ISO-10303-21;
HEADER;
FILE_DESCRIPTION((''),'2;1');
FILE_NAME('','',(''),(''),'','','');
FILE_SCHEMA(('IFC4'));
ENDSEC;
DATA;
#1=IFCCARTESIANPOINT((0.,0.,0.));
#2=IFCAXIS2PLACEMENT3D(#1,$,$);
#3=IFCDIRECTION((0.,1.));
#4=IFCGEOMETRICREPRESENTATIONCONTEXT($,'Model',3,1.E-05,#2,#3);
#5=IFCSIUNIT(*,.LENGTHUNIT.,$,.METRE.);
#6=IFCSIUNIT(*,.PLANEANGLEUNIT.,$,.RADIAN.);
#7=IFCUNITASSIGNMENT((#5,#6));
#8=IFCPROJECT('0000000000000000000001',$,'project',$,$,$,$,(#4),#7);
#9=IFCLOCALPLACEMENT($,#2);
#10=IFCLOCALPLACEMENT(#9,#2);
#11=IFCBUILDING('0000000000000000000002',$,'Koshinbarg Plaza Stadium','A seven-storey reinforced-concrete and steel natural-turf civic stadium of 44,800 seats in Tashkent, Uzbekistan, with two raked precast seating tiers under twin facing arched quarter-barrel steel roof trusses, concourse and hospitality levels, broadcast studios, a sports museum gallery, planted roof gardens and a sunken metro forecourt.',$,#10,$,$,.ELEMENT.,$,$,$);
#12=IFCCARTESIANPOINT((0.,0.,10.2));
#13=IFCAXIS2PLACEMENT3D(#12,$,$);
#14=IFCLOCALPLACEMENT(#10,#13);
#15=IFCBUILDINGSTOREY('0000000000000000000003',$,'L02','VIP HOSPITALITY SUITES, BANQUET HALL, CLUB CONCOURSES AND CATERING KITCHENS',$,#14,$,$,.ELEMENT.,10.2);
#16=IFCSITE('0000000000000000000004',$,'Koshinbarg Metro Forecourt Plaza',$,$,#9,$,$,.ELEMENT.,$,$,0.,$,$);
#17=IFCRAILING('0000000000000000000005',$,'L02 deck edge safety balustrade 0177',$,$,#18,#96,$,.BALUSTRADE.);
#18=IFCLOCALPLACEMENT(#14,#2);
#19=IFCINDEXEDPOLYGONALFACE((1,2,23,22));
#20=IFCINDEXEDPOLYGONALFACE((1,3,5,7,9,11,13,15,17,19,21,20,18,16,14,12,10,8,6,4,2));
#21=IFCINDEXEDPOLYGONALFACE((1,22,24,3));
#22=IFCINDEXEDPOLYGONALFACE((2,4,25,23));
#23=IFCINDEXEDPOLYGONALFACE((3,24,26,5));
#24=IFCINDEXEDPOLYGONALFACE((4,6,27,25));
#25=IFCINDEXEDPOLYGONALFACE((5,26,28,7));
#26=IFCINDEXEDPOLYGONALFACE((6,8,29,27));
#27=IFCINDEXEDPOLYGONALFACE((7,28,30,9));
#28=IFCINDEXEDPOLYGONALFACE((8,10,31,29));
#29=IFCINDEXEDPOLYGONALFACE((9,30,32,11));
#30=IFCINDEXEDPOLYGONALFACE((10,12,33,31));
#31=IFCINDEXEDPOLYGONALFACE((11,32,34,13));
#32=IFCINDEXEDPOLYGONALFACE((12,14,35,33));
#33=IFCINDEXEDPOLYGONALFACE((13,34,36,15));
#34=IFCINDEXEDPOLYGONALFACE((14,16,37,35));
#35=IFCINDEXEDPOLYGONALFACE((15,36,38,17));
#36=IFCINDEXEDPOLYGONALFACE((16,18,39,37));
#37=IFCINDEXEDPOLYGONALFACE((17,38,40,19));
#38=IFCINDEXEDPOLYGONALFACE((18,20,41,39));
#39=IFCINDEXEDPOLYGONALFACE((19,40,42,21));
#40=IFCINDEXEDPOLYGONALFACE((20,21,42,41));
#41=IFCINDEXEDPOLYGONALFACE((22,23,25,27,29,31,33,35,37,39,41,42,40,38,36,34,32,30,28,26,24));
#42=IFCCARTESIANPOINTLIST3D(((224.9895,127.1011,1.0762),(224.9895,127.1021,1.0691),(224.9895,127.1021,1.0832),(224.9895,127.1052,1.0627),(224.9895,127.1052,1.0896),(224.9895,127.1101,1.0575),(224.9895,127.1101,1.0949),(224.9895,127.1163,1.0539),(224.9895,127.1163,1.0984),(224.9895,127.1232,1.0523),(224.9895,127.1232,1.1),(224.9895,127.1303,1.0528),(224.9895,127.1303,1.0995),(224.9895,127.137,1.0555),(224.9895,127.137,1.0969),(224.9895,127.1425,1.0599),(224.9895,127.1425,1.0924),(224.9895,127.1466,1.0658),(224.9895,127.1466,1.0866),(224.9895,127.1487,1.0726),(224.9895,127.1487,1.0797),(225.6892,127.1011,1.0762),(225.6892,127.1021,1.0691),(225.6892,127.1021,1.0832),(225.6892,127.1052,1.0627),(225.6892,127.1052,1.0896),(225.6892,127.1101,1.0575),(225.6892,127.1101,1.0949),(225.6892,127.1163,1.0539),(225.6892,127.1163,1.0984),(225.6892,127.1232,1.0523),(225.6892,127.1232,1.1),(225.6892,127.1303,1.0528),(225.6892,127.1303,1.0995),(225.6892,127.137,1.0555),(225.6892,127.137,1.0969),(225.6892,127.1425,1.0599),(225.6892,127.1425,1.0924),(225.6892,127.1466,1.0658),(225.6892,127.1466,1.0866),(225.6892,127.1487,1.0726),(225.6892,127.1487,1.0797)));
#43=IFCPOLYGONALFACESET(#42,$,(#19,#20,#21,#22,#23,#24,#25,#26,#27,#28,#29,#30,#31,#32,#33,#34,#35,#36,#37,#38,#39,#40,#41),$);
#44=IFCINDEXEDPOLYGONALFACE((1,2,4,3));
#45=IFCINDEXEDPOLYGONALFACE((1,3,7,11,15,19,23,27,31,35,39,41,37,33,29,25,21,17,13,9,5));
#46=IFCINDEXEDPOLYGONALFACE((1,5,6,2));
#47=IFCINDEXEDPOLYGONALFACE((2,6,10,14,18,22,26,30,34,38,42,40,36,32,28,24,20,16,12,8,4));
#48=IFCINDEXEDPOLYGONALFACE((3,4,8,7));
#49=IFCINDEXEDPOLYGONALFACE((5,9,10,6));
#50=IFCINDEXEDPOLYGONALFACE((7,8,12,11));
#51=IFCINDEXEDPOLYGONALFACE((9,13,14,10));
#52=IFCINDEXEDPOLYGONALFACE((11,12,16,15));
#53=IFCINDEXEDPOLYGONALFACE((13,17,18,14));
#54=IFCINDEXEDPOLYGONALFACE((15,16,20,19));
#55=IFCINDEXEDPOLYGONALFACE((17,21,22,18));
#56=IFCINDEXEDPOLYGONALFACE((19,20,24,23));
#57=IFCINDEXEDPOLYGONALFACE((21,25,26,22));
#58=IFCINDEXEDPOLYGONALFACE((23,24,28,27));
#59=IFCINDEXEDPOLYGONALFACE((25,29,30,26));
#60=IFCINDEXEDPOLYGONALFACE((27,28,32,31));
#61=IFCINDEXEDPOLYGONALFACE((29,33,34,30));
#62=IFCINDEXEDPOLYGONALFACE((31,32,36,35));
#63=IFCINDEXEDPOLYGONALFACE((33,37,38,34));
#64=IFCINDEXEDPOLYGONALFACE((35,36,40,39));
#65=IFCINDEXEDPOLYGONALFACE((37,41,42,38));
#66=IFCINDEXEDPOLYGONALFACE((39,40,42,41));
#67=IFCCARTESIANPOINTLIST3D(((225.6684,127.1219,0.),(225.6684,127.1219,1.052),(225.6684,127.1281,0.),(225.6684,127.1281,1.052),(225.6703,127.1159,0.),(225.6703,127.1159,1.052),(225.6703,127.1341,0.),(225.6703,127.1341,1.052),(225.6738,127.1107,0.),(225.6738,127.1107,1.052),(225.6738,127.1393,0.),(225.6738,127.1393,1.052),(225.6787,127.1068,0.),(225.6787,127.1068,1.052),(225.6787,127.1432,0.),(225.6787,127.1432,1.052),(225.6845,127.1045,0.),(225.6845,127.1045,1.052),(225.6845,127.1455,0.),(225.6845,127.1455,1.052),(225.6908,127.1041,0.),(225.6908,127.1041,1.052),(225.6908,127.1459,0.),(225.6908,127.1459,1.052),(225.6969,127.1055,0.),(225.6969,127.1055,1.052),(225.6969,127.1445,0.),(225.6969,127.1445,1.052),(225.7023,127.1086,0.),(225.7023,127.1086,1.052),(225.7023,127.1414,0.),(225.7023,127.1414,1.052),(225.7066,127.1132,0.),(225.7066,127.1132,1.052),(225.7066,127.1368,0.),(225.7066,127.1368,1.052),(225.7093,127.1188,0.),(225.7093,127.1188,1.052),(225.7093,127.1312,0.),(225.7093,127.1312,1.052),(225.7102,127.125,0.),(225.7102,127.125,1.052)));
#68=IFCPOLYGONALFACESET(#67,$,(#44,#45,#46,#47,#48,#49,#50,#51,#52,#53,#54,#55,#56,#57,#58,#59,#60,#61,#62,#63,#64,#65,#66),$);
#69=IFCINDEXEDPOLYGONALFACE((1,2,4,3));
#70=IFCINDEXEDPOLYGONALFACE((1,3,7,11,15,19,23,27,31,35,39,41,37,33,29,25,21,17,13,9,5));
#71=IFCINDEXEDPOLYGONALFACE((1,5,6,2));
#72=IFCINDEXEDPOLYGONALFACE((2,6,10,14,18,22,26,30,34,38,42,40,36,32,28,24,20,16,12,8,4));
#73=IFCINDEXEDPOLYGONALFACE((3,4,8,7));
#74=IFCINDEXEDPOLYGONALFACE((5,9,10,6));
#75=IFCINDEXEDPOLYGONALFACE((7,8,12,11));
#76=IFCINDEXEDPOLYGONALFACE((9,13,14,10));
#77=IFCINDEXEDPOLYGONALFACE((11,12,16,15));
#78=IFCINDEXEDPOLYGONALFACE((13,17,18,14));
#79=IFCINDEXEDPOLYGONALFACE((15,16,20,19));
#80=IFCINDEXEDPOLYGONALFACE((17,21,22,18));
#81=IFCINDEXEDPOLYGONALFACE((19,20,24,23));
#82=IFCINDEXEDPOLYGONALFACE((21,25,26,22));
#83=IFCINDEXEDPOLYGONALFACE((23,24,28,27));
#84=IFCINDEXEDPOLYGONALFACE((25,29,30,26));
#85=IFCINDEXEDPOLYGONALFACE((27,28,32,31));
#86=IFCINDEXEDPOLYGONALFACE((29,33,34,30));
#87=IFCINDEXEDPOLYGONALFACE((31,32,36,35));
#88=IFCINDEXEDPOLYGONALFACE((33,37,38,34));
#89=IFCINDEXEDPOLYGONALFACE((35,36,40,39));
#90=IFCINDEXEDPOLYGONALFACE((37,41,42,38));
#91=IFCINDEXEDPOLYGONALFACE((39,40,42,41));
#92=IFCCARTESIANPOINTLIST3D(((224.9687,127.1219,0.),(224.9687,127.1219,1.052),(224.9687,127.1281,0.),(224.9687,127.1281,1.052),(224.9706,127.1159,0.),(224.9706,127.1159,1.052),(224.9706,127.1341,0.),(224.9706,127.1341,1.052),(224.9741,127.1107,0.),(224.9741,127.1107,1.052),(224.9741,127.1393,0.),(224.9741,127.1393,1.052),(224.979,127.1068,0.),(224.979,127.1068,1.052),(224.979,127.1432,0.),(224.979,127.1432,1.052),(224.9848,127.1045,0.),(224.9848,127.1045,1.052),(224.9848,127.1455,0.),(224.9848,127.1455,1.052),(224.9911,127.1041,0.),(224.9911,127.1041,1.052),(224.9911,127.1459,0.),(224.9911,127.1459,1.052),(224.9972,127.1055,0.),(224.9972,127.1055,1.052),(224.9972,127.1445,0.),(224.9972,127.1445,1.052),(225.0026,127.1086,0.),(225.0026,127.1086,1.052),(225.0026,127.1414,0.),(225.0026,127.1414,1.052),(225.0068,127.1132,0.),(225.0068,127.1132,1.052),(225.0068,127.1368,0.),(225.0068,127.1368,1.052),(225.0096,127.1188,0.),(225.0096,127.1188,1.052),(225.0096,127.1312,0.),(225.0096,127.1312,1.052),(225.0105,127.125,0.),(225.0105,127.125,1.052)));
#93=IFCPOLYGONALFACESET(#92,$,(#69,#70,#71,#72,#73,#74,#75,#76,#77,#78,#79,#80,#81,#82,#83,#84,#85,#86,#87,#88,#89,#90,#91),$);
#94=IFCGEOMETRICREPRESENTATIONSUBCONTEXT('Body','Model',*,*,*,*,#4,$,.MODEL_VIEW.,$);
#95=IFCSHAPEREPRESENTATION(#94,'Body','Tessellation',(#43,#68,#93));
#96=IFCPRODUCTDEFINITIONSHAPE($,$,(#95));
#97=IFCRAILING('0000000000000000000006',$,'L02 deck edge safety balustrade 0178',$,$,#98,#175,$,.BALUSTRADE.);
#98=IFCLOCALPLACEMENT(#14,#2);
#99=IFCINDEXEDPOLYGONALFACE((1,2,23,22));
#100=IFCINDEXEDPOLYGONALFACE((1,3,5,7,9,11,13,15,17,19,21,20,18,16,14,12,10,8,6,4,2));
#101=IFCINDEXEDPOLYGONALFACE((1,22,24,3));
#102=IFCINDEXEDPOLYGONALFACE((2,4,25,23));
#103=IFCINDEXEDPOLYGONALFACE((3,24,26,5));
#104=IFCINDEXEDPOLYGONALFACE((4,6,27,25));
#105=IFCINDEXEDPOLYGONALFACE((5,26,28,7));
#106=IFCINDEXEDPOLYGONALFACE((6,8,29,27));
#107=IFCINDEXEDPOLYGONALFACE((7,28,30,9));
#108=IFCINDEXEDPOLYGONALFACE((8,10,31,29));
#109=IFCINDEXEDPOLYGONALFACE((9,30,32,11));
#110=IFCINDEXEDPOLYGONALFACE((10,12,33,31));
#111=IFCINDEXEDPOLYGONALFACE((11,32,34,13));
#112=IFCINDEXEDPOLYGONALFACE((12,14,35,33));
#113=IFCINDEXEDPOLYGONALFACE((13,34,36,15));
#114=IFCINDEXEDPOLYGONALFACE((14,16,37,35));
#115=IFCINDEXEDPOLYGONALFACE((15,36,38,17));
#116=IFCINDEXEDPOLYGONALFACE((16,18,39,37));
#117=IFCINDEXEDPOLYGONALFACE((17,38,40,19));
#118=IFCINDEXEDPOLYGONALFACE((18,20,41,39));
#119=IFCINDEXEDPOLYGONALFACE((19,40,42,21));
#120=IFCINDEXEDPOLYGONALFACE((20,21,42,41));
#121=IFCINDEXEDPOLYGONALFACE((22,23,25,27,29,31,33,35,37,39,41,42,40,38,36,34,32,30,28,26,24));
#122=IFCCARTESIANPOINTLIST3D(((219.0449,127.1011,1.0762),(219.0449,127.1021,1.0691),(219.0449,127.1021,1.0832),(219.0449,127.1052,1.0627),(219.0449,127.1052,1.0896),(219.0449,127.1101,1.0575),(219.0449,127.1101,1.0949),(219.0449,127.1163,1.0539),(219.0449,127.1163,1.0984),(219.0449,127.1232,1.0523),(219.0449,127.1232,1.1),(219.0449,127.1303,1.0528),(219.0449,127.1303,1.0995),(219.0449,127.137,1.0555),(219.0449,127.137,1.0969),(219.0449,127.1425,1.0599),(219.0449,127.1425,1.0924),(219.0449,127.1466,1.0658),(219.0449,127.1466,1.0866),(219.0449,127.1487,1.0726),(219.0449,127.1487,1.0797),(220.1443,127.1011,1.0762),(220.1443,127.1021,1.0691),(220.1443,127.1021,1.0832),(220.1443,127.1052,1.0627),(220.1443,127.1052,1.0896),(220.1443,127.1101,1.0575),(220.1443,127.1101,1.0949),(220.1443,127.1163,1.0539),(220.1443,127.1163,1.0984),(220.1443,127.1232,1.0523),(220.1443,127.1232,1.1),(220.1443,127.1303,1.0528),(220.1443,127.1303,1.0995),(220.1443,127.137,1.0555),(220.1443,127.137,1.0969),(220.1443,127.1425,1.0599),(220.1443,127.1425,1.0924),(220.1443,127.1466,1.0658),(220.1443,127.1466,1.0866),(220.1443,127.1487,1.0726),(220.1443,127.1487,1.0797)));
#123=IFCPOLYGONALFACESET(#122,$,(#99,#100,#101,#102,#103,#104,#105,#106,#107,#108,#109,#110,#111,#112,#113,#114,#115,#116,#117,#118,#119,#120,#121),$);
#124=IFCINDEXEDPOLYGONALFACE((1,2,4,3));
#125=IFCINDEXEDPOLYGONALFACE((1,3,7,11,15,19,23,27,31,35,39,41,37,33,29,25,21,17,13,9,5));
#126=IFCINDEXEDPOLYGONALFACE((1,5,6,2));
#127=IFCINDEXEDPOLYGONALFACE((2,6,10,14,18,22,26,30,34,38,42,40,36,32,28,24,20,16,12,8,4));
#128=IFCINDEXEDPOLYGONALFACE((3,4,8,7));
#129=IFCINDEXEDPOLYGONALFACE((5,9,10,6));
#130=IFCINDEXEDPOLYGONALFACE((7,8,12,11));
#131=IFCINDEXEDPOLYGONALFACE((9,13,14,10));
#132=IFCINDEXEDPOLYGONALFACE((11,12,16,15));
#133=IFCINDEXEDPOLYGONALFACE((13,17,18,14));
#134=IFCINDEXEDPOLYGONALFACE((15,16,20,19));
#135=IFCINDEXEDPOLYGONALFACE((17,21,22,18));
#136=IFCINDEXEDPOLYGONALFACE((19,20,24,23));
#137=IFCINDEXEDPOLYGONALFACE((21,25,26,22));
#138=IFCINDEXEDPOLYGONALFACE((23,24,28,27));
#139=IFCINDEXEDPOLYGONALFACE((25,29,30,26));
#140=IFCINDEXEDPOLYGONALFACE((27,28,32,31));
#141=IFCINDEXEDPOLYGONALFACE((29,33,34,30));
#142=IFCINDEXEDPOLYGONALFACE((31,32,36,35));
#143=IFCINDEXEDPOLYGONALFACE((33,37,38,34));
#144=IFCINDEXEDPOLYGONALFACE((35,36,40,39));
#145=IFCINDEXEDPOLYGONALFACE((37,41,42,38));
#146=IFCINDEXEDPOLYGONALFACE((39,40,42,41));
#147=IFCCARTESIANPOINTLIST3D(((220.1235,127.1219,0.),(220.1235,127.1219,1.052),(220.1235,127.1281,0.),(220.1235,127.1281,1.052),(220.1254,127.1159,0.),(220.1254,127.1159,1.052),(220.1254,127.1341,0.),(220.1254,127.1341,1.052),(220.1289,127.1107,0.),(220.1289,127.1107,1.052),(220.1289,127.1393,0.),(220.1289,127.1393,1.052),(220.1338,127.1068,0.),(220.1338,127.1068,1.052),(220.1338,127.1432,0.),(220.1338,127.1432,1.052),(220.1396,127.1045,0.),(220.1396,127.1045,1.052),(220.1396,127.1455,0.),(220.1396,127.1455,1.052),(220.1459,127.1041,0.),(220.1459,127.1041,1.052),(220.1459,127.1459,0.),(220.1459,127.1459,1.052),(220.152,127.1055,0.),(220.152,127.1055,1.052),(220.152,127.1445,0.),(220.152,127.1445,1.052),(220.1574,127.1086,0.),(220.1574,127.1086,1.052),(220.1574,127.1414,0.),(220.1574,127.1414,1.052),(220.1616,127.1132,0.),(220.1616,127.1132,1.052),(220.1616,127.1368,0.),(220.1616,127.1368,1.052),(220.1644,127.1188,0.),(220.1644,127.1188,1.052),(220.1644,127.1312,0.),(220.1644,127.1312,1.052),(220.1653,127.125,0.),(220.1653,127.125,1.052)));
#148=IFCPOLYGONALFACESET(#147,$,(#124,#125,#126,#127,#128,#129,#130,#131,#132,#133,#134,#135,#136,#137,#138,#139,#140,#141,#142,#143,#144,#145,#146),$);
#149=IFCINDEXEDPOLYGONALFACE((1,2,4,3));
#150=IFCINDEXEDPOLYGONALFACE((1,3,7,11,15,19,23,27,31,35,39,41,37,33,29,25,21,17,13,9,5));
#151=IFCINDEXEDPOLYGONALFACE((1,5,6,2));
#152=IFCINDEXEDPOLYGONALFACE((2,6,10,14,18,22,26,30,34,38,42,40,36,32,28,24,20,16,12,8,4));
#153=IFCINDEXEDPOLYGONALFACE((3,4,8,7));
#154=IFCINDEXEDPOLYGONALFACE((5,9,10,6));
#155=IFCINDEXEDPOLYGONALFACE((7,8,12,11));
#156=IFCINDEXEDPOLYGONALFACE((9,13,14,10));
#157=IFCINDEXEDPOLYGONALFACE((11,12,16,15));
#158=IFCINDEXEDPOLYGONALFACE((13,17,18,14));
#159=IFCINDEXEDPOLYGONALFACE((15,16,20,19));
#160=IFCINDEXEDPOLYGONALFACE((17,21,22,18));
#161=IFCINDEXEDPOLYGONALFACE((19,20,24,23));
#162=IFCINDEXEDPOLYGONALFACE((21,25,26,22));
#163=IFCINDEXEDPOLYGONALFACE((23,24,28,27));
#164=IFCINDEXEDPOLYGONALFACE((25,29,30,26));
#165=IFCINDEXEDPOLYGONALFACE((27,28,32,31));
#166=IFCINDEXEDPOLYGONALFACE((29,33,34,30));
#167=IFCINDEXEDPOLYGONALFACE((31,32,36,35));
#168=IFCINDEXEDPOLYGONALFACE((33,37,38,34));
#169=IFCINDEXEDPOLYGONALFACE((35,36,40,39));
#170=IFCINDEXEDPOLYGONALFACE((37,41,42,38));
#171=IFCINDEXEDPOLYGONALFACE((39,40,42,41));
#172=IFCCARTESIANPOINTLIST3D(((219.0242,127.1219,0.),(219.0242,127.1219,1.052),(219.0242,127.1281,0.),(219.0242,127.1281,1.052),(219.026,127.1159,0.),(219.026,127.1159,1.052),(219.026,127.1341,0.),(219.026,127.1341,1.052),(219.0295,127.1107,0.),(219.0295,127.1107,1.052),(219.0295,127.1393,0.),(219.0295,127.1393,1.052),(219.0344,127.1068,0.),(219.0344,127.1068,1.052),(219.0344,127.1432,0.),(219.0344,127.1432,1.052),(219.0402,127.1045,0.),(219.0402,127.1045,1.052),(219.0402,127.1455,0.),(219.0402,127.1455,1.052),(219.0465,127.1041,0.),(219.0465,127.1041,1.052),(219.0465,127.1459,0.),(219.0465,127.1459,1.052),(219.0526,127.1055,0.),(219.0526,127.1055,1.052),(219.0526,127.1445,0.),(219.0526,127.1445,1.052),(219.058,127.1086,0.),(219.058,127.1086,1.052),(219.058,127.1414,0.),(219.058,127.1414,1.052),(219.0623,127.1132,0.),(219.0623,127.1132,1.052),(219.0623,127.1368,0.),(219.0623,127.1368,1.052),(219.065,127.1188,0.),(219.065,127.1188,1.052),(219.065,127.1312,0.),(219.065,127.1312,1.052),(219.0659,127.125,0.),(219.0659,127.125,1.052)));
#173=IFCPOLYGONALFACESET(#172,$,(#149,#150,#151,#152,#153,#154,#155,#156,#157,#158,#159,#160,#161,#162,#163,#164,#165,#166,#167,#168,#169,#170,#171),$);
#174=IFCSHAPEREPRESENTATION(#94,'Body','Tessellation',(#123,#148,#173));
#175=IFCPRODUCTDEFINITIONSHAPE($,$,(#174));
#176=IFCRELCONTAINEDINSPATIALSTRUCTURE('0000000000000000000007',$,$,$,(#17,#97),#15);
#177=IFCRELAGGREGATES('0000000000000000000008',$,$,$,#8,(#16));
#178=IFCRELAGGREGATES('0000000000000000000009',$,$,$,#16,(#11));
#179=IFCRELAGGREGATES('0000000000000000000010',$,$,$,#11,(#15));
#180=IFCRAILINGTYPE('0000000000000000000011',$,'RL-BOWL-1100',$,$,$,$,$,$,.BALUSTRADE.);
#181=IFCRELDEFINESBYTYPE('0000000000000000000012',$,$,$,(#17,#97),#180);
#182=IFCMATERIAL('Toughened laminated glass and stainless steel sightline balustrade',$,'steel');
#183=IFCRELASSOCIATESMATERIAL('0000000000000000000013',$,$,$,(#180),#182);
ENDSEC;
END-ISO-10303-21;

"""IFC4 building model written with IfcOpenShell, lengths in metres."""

from ifc_helpers import new_model, si_unit, direction, frame, origin, origin_2d, place, context, subcontext, project, spatial, circle, extrude, material, type_object, element, save


model = new_model("IFC4")

# Units and contexts
model_context = context("Model", 3, precision=1e-05, world=origin(), true_north=direction((0.0, 1.0)))
body_context = subcontext(model_context, "Body", "Model", "MODEL_VIEW")
ifc_project = project(units=[si_unit("LENGTHUNIT", "METRE"), si_unit("PLANEANGLEUNIT", "RADIAN")], contexts=[model_context])

# Site, building, storey
site_placement = place(None, origin())
site = spatial("IfcSite", under=ifc_project, at=site_placement, Name="Koshinbarg Metro Forecourt Plaza", CompositionType="ELEMENT", RefElevation=0.0)
building_placement = place(site_placement, origin())
building = spatial("IfcBuilding", under=site, at=building_placement, Name="Koshinbarg Plaza Stadium", Description="A seven-storey reinforced-concrete and steel natural-turf civic stadium of 44,800 seats in Tashkent, Uzbekistan, with two raked precast seating tiers under twin facing arched quarter-barrel steel roof trusses, concourse and hospitality levels, broadcast studios, a sports museum gallery, planted roof gardens and a sunken metro forecourt.", CompositionType="ELEMENT")
storey_placement = place(building_placement, frame((0.0, 0.0, 10.2)))
storey = spatial("IfcBuildingStorey", under=building, at=storey_placement, Name="L02", Description="VIP HOSPITALITY SUITES, BANQUET HALL, CLUB CONCOURSES AND CATERING KITCHENS", CompositionType="ELEMENT", Elevation=10.2)

# Railings
ifc_material_1 = material(Name="Toughened laminated glass and stainless steel sightline balustrade", Category="steel")
railing_type_1 = type_object("IfcRailingType", Name="RL-BOWL-1100", PredefinedType="BALUSTRADE", material=ifc_material_1)
railing_1_placement = place(storey_placement, frame((225.6892, 127.125, 0.0)))
element("IfcRailing", 1, at=railing_1_placement, inside=storey, type_object=railing_type_1, Name="L02 deck edge safety balustrade 0177", PredefinedType="BALUSTRADE", context=body_context, shape_type="SweptSolid", body=[
    extrude(circle(Radius=0.0239, at=origin_2d()), frame((0.0, 0.0, 1.0762), z_axis=(-1.0, 0.0, 0.0), x_axis=(0.0, -1.0, 0.0)), (0.0, 0.0, 1.0), 0.6997),
    extrude(circle(Radius=0.021, at=origin_2d()), origin(), (0.0, 0.0, 1.0), 1.052),
    extrude(circle(Radius=0.021, at=origin_2d()), frame((-0.6997, 0.0, 0.0)), (0.0, 0.0, 1.0), 1.052),
])
railing_2_placement = place(storey_placement, frame((220.1443, 127.125, 0.0)))
element("IfcRailing", 2, at=railing_2_placement, inside=storey, type_object=railing_type_1, Name="L02 deck edge safety balustrade 0178", PredefinedType="BALUSTRADE", context=body_context, shape_type="SweptSolid", body=[
    extrude(circle(Radius=0.0239, at=origin_2d()), frame((0.0, 0.0, 1.0762), z_axis=(-1.0, 0.0, 0.0), x_axis=(0.0, -1.0, 0.0)), (0.0, 0.0, 1.0), 1.0994),
    extrude(circle(Radius=0.021, at=origin_2d()), origin(), (0.0, 0.0, 1.0), 1.052),
    extrude(circle(Radius=0.021, at=origin_2d()), frame((-1.0994, 0.0, 0.0)), (0.0, 0.0, 1.0), 1.052),
])

save(model, "model.ifc")
